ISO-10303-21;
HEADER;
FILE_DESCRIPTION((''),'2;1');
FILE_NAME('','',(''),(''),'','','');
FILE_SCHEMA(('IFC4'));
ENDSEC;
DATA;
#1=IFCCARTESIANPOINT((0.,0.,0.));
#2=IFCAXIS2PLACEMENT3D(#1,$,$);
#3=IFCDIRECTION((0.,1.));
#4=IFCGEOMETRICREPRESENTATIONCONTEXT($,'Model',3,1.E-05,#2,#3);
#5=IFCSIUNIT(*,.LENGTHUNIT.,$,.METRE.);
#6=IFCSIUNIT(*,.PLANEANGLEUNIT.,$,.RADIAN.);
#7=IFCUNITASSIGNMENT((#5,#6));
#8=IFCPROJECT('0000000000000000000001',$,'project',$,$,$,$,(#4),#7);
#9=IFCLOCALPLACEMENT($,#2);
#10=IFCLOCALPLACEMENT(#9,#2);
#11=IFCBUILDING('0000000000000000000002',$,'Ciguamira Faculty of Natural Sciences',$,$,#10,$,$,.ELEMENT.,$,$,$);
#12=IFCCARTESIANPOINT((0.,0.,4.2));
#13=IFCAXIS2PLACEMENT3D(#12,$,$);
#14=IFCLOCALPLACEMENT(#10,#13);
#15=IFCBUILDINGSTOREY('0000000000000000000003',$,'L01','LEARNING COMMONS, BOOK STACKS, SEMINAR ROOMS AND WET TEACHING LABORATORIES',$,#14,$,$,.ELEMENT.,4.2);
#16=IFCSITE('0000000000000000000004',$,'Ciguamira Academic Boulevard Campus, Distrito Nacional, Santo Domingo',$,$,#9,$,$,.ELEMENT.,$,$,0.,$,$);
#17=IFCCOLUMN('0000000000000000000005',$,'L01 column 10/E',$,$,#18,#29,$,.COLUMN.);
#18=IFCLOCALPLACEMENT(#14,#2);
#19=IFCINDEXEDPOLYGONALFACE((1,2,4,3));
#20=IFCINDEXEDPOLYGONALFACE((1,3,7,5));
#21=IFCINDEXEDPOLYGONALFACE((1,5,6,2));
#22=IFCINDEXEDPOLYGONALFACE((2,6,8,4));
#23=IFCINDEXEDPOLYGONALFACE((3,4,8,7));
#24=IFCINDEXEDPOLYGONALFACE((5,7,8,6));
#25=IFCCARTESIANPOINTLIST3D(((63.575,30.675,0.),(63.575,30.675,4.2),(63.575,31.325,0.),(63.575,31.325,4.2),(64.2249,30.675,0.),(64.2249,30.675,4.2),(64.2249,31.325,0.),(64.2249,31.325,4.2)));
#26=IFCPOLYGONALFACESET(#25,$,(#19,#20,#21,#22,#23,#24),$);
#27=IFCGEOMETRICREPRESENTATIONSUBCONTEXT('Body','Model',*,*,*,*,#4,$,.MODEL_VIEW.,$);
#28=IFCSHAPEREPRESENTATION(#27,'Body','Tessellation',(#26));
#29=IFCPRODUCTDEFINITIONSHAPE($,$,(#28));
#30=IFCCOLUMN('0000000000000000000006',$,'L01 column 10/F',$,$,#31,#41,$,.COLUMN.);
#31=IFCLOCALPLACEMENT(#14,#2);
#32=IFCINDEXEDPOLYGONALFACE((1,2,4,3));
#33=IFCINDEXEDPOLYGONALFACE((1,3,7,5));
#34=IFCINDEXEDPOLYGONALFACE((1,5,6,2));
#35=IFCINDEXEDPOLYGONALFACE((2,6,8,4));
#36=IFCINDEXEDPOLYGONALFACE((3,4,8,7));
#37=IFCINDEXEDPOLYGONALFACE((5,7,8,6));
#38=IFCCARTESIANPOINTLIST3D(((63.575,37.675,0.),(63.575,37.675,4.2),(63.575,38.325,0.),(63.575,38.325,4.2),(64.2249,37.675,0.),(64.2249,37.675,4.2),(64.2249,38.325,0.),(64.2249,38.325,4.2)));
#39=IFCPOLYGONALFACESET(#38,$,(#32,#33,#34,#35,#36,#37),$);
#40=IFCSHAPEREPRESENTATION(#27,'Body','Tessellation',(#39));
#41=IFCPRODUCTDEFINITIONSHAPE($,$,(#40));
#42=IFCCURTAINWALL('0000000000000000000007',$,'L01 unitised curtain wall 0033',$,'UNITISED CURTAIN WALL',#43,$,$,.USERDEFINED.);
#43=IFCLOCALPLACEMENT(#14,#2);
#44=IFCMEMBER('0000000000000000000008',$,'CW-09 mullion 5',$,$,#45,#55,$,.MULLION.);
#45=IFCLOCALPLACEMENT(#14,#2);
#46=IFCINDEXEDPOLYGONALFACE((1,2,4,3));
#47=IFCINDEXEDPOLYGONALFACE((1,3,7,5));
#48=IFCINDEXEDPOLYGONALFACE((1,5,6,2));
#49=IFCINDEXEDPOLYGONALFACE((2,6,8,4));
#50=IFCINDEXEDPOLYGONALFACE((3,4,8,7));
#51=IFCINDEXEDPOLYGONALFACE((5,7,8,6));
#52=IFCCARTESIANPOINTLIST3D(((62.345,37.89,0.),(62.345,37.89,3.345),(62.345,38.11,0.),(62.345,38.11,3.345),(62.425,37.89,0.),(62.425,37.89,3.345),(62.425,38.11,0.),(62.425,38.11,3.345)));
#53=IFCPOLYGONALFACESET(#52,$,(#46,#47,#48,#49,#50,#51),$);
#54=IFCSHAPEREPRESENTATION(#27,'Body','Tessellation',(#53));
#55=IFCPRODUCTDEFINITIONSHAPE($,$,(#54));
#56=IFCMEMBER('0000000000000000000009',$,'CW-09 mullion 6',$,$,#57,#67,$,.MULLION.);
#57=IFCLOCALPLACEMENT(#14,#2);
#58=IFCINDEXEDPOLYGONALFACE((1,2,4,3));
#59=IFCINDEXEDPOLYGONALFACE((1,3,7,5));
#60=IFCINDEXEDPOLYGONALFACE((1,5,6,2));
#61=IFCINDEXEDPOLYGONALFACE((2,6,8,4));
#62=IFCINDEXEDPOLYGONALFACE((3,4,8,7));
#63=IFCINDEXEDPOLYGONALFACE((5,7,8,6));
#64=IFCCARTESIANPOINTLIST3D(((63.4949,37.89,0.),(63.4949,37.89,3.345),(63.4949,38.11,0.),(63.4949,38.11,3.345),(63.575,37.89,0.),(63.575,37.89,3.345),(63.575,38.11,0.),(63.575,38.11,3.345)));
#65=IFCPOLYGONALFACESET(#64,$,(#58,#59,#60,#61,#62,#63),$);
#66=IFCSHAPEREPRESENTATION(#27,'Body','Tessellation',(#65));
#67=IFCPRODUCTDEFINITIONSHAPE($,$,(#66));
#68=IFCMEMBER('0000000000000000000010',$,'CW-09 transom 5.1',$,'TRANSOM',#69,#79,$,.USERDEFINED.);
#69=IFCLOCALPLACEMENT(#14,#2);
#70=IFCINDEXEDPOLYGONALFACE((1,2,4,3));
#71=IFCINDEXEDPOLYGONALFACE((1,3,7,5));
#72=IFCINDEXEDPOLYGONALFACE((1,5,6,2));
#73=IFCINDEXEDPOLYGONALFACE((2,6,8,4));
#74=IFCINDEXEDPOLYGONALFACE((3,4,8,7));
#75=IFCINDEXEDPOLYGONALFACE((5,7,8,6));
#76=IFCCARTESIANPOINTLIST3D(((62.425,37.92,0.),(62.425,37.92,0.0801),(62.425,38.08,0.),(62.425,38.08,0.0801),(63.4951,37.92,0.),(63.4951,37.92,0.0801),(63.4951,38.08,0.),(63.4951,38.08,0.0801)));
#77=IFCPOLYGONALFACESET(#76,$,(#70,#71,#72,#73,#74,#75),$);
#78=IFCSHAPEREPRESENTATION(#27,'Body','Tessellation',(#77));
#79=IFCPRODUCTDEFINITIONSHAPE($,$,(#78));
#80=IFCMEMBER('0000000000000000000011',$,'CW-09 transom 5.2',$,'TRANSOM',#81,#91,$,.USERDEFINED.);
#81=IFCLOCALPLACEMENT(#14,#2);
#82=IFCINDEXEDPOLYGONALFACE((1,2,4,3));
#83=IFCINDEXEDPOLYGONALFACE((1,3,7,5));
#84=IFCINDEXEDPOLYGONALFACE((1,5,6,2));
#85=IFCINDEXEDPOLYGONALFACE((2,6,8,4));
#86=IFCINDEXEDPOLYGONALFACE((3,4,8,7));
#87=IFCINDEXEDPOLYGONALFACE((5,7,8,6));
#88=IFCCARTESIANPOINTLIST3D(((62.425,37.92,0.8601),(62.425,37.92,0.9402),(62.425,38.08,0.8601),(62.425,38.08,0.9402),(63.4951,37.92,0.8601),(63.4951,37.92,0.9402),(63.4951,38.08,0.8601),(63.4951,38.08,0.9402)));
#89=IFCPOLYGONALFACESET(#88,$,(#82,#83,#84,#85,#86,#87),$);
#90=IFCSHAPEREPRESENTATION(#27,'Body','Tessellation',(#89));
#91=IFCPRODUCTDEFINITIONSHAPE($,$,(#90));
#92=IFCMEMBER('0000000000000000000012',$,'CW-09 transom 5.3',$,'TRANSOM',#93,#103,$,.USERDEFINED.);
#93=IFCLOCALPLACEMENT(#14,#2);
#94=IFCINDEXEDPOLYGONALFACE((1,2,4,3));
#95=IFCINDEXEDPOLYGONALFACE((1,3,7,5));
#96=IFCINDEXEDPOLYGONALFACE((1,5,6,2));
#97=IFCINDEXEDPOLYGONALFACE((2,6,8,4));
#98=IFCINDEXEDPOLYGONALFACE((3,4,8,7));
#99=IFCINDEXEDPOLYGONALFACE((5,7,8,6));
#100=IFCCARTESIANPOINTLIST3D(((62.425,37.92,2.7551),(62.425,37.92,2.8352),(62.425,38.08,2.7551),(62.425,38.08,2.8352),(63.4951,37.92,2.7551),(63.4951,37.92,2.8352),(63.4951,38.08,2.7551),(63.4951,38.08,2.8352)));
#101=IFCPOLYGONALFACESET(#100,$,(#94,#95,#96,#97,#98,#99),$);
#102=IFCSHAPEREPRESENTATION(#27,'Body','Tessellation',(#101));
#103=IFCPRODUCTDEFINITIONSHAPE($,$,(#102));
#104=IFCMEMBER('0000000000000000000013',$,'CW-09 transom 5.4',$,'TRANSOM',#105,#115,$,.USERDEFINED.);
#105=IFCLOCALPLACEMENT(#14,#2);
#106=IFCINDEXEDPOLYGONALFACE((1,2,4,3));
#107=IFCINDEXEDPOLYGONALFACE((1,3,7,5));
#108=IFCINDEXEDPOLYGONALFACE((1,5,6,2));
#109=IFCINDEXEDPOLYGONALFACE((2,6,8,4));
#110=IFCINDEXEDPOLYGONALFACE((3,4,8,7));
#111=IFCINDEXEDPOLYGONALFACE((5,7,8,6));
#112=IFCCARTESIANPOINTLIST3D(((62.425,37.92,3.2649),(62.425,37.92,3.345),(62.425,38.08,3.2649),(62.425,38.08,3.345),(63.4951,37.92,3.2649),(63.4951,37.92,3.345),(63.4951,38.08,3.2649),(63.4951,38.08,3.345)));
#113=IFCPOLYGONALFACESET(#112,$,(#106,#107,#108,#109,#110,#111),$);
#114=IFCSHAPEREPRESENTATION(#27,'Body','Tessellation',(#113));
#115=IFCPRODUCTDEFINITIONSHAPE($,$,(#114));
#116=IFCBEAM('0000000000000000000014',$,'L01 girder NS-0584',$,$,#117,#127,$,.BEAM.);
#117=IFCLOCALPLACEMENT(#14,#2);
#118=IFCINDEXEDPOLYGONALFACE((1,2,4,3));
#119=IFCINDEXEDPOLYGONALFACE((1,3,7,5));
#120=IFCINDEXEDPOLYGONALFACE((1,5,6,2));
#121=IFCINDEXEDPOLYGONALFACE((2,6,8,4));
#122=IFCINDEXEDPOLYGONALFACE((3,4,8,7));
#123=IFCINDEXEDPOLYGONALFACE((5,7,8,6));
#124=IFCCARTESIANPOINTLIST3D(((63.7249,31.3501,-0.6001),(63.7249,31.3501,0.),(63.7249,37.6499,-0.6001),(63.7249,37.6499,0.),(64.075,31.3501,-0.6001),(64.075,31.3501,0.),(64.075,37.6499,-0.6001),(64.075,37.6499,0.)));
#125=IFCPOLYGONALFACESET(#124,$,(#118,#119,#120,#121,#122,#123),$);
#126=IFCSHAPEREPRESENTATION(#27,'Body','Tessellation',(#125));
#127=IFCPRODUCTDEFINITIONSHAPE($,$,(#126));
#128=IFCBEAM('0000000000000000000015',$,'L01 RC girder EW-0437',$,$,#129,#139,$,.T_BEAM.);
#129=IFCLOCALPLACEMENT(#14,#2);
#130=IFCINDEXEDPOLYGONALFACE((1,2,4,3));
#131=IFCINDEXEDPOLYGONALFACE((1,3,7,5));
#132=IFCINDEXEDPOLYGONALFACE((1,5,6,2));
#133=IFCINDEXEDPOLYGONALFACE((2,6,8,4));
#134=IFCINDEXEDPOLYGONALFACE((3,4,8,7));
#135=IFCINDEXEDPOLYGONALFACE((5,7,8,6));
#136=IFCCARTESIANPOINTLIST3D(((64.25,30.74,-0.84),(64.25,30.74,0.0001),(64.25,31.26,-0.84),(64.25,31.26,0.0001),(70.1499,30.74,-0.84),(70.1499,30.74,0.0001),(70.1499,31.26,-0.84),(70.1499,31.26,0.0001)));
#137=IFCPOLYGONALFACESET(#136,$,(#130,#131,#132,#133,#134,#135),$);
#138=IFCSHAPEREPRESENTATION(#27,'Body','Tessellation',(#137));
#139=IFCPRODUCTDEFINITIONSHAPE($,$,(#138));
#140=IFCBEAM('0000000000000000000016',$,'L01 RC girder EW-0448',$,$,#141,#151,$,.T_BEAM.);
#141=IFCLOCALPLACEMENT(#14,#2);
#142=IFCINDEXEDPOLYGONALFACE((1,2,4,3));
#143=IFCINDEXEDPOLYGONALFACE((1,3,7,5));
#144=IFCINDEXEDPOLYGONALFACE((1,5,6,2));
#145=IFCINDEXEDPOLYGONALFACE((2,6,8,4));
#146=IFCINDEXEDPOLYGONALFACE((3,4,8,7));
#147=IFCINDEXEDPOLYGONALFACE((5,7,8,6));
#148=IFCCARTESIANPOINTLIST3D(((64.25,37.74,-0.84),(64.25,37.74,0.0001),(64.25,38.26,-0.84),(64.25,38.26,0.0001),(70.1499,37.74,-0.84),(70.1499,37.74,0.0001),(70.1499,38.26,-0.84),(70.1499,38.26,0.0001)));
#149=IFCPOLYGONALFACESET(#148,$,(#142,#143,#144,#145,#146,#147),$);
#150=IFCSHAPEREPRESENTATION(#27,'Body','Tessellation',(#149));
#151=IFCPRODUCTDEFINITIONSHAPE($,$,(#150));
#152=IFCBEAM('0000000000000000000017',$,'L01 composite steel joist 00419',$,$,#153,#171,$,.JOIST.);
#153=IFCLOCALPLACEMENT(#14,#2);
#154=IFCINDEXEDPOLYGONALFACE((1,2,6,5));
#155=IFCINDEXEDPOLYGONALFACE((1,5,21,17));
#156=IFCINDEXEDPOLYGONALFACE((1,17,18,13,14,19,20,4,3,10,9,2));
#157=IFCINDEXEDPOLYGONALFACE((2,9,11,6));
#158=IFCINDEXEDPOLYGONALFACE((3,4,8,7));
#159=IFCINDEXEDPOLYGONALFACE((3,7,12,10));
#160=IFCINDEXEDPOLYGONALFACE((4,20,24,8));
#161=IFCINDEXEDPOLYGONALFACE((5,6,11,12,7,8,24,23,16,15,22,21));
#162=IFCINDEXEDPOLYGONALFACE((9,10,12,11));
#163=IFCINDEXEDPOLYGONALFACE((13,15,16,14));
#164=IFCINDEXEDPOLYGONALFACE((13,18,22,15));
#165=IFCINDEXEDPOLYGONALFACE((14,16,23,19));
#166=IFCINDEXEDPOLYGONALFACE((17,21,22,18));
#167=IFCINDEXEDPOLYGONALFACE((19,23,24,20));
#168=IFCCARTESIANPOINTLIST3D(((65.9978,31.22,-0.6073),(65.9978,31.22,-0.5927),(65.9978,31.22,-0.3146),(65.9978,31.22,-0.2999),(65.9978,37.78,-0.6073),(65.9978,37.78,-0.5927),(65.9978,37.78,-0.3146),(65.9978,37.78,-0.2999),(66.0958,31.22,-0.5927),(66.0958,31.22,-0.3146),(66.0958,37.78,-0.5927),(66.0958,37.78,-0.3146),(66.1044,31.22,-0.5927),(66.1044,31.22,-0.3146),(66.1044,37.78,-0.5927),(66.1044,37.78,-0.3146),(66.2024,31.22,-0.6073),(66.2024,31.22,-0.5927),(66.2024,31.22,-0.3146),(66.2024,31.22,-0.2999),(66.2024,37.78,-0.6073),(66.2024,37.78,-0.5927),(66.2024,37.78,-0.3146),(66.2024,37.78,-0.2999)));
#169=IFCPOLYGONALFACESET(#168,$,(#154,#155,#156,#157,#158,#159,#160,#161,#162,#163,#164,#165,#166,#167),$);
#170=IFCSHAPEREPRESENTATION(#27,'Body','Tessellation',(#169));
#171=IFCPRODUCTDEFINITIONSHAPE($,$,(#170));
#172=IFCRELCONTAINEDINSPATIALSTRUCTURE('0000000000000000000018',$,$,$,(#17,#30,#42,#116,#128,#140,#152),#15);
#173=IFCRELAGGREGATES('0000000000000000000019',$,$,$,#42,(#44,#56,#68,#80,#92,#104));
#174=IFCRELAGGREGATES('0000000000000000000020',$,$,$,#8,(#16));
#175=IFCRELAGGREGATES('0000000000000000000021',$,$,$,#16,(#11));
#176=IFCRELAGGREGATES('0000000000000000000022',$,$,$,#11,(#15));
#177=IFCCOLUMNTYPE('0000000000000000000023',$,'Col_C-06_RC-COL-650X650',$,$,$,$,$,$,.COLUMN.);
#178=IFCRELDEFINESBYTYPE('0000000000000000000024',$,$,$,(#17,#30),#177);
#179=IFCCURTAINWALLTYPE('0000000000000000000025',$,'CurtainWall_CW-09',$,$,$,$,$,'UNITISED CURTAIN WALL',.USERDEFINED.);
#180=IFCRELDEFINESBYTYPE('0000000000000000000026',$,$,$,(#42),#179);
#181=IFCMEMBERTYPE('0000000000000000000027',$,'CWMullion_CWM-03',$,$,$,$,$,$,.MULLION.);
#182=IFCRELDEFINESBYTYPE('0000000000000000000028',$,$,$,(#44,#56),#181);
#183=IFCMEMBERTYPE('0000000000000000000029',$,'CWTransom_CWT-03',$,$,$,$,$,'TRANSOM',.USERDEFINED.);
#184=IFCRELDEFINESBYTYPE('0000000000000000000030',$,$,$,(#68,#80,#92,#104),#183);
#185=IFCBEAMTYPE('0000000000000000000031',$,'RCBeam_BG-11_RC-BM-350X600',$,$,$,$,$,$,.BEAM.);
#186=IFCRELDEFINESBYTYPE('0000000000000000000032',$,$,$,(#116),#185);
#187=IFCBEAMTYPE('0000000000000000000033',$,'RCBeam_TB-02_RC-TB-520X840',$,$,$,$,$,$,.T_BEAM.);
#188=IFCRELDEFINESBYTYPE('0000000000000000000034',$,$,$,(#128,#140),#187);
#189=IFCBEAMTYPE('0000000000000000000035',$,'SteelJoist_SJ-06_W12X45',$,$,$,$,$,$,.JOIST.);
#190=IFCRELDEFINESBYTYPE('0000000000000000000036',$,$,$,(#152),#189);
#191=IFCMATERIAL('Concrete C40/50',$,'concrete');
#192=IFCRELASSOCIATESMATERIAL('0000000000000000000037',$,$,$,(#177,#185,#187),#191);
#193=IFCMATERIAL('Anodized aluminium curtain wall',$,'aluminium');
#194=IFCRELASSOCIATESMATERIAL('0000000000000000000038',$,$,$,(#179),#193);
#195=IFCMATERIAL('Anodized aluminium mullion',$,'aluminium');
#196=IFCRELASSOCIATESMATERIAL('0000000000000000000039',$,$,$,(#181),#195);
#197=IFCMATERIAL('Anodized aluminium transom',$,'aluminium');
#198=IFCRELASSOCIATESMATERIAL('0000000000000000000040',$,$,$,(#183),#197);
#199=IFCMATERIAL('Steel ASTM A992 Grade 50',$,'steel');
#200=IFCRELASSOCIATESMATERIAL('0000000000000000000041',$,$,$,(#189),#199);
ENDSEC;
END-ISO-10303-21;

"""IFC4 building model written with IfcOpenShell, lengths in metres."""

from ifc_helpers import new_model, si_unit, direction, frame, origin, origin_2d, place, context, subcontext, project, spatial, rectangle, i_section, extrude, material, material_profile, profile_set, type_object, element, aggregate, save


model = new_model("IFC4")

# Units and contexts
model_context = context("Model", 3, precision=1e-05, world=origin(), true_north=direction((0.0, 1.0)))
body_context = subcontext(model_context, "Body", "Model", "MODEL_VIEW")
ifc_project = project(units=[si_unit("LENGTHUNIT", "METRE"), si_unit("PLANEANGLEUNIT", "RADIAN")], contexts=[model_context])

# Site, building, storey
site_placement = place(None, origin())
site = spatial("IfcSite", under=ifc_project, at=site_placement, Name="Ciguamira Academic Boulevard Campus, Distrito Nacional, Santo Domingo", CompositionType="ELEMENT", RefElevation=0.0)
building_placement = place(site_placement, origin())
building = spatial("IfcBuilding", under=site, at=building_placement, Name="Ciguamira Faculty of Natural Sciences", CompositionType="ELEMENT")
storey_placement = place(building_placement, frame((0.0, 0.0, 4.2)))
storey = spatial("IfcBuildingStorey", under=building, at=storey_placement, Name="L01", Description="LEARNING COMMONS, BOOK STACKS, SEMINAR ROOMS AND WET TEACHING LABORATORIES", CompositionType="ELEMENT", Elevation=4.2)

# Columns
ifc_material_1 = material(Name="Concrete C40/50", Category="concrete")
ifc_material_profile_1 = material_profile(ifc_material_1, rectangle(XDim=0.6499, YDim=0.6499, at=origin_2d()), Name="RC-COL-650X650")
ifc_profile_set_1 = profile_set([ifc_material_profile_1], Name="Concrete C40/50")
column_type = type_object("IfcColumnType", Name="Col_C-06_RC-COL-650X650", PredefinedType="COLUMN", material=ifc_profile_set_1)
for number, where, z_axis, x_axis, name in (
    (1, (63.8999, 31.0, 0.0), (0.0, 0.0, 1.0), (1.0, 0.0, 0.0), "L01 column 10/E"),
    (2, (63.8999, 38.0, 0.0), (0.0, 0.0, 1.0), (1.0, 0.0, 0.0), "L01 column 10/F"),
):
    element("IfcColumn", number, at=place(storey_placement, frame(where, z_axis=z_axis, x_axis=x_axis)), inside=storey, type_object=column_type, Name=name, PredefinedType="COLUMN", context=body_context, shape_type="SweptSolid", body=[
        extrude(rectangle(XDim=0.6499, YDim=0.6499, at=origin_2d()), origin(), (0.0, 0.0, 1.0), 4.2),
    ])

# Curtain wall, members
ifc_material_2 = material(Name="Anodized aluminium curtain wall", Category="aluminium")
curtain_wall_type = type_object("IfcCurtainWallType", Name="CurtainWall_CW-09", ElementType="UNITISED CURTAIN WALL", PredefinedType="USERDEFINED", material=ifc_material_2)
curtain_wall_placement = place(storey_placement, origin())
curtain_wall = element("IfcCurtainWall", 3, at=curtain_wall_placement, inside=storey, type_object=curtain_wall_type, Name="L01 unitised curtain wall 0033", ObjectType="UNITISED CURTAIN WALL", PredefinedType="USERDEFINED")
ifc_material_3 = material(Name="Anodized aluminium mullion", Category="aluminium")
ifc_material_profile_2 = material_profile(ifc_material_3, rectangle(XDim=0.0801, YDim=0.22, at=origin_2d()), Name="ALU-MUL-80X220")
ifc_profile_set_2 = profile_set([ifc_material_profile_2], Name="Anodized aluminium mullion")
member_type_1 = type_object("IfcMemberType", Name="CWMullion_CWM-03", PredefinedType="MULLION", material=ifc_profile_set_2)
member_1_placement = place(storey_placement, frame((62.385, 38.0, 0.0), z_axis=(0.0, 0.0, 1.0), x_axis=(1.0, 0.0, 0.0)))
member_1 = element("IfcMember", 4, at=member_1_placement, type_object=member_type_1, Name="CW-09 mullion 5", PredefinedType="MULLION", context=body_context, shape_type="SweptSolid", body=[
    extrude(rectangle(XDim=0.0801, YDim=0.22, at=origin_2d()), origin(), (0.0, 0.0, 1.0), 3.345),
])
member_2_placement = place(storey_placement, frame((63.5349, 38.0, 0.0), z_axis=(0.0, 0.0, 1.0), x_axis=(1.0, 0.0, 0.0)))
member_2 = element("IfcMember", 5, at=member_2_placement, type_object=member_type_1, Name="CW-09 mullion 6", PredefinedType="MULLION", context=body_context, shape_type="SweptSolid", body=[
    extrude(rectangle(XDim=0.0801, YDim=0.22, at=origin_2d()), origin(), (0.0, 0.0, 1.0), 3.345),
])
ifc_material_4 = material(Name="Anodized aluminium transom", Category="aluminium")
ifc_material_profile_3 = material_profile(ifc_material_4, rectangle(XDim=0.0801, YDim=0.1599, at=origin_2d()), Name="ALU-TRN-80X160")
ifc_profile_set_3 = profile_set([ifc_material_profile_3], Name="Anodized aluminium transom")
member_type_2 = type_object("IfcMemberType", Name="CWTransom_CWT-03", ElementType="TRANSOM", PredefinedType="USERDEFINED", material=ifc_profile_set_3)
member_3_placement = place(storey_placement, frame((62.425, 38.0, 0.04), z_axis=(1.0, 0.0, 0.0), x_axis=(0.0, 0.0, 1.0)))
member_3 = element("IfcMember", 6, at=member_3_placement, type_object=member_type_2, Name="CW-09 transom 5.1", ObjectType="TRANSOM", PredefinedType="USERDEFINED", context=body_context, shape_type="SweptSolid", body=[
    extrude(rectangle(XDim=0.0801, YDim=0.1599, at=origin_2d()), origin(), (0.0, 0.0, 1.0), 1.0701),
])
member_4_placement = place(storey_placement, frame((62.425, 38.0, 0.9001), z_axis=(1.0, 0.0, 0.0), x_axis=(0.0, 0.0, 1.0)))
member_4 = element("IfcMember", 7, at=member_4_placement, type_object=member_type_2, Name="CW-09 transom 5.2", ObjectType="TRANSOM", PredefinedType="USERDEFINED", context=body_context, shape_type="SweptSolid", body=[
    extrude(rectangle(XDim=0.0801, YDim=0.1599, at=origin_2d()), origin(), (0.0, 0.0, 1.0), 1.0701),
])
member_5_placement = place(storey_placement, frame((62.425, 38.0, 2.7952), z_axis=(1.0, 0.0, 0.0), x_axis=(0.0, 0.0, 1.0)))
member_5 = element("IfcMember", 8, at=member_5_placement, type_object=member_type_2, Name="CW-09 transom 5.3", ObjectType="TRANSOM", PredefinedType="USERDEFINED", context=body_context, shape_type="SweptSolid", body=[
    extrude(rectangle(XDim=0.0801, YDim=0.1599, at=origin_2d()), origin(), (0.0, 0.0, 1.0), 1.0701),
])
member_6_placement = place(storey_placement, frame((62.425, 38.0, 3.3049), z_axis=(1.0, 0.0, 0.0), x_axis=(0.0, 0.0, 1.0)))
member_6 = element("IfcMember", 9, at=member_6_placement, type_object=member_type_2, Name="CW-09 transom 5.4", ObjectType="TRANSOM", PredefinedType="USERDEFINED", context=body_context, shape_type="SweptSolid", body=[
    extrude(rectangle(XDim=0.0801, YDim=0.1599, at=origin_2d()), origin(), (0.0, 0.0, 1.0), 1.0701),
])

# Beams
ifc_material_profile_4 = material_profile(ifc_material_1, rectangle(XDim=0.3501, YDim=0.6001, at=origin_2d()), Name="RC-BM-350X600")
ifc_profile_set_4 = profile_set([ifc_material_profile_4], Name="Concrete C40/50")
beam_type_1 = type_object("IfcBeamType", Name="RCBeam_BG-11_RC-BM-350X600", PredefinedType="BEAM", material=ifc_profile_set_4)
beam_1_placement = place(storey_placement, frame((63.8999, 31.3501, -0.3), z_axis=(0.0, 1.0, 0.0), x_axis=(-1.0, 0.0, 0.0)))
element("IfcBeam", 10, at=beam_1_placement, inside=storey, type_object=beam_type_1, Name="L01 girder NS-0584", PredefinedType="BEAM", context=body_context, shape_type="SweptSolid", body=[
    extrude(rectangle(XDim=0.3501, YDim=0.6001, at=origin_2d()), origin(), (0.0, 0.0, 1.0), 6.2998),
])
ifc_material_profile_5 = material_profile(ifc_material_1, rectangle(XDim=0.52, YDim=0.8401, at=origin_2d()), Name="RC-TB-520X840")
ifc_profile_set_5 = profile_set([ifc_material_profile_5], Name="Concrete C40/50")
beam_type_2 = type_object("IfcBeamType", Name="RCBeam_TB-02_RC-TB-520X840", PredefinedType="T_BEAM", material=ifc_profile_set_5)
for number, where, z_axis, x_axis, name in (
    (11, (64.25, 31.0, -0.4199), (1.0, 0.0, 0.0), (0.0, 1.0, 0.0), "L01 RC girder EW-0437"),
    (12, (64.25, 38.0, -0.4199), (1.0, 0.0, 0.0), (0.0, 1.0, 0.0), "L01 RC girder EW-0448"),
):
    element("IfcBeam", number, at=place(storey_placement, frame(where, z_axis=z_axis, x_axis=x_axis)), inside=storey, type_object=beam_type_2, Name=name, PredefinedType="T_BEAM", context=body_context, shape_type="SweptSolid", body=[
        extrude(rectangle(XDim=0.52, YDim=0.8401, at=origin_2d()), origin(), (0.0, 0.0, 1.0), 5.8999),
    ])
ifc_material_5 = material(Name="Steel ASTM A992 Grade 50", Category="steel")
ifc_material_profile_6 = material_profile(ifc_material_5, i_section(OverallWidth=0.2046, OverallDepth=0.3074, WebThickness=0.0085, FlangeThickness=0.0146, at=origin_2d()), Name="W12X45")
ifc_profile_set_6 = profile_set([ifc_material_profile_6], Name="Steel ASTM A992 Grade 50")
beam_type_3 = type_object("IfcBeamType", Name="SteelJoist_SJ-06_W12X45", PredefinedType="JOIST", material=ifc_profile_set_6)
beam_2_placement = place(storey_placement, frame((66.1001, 31.22, -0.4536), z_axis=(0.0, 1.0, 0.0), x_axis=(-1.0, 0.0, 0.0)))
element("IfcBeam", 13, at=beam_2_placement, inside=storey, type_object=beam_type_3, Name="L01 composite steel joist 00419", PredefinedType="JOIST", context=body_context, shape_type="SweptSolid", body=[
    extrude(i_section(OverallWidth=0.2046, OverallDepth=0.3074, WebThickness=0.0085, FlangeThickness=0.0146, at=origin_2d()), origin(), (0.0, 0.0, 1.0), 6.5601),
])

aggregate(curtain_wall, [member_1, member_2, member_3, member_4, member_5, member_6])

save(model, "model.ifc")
